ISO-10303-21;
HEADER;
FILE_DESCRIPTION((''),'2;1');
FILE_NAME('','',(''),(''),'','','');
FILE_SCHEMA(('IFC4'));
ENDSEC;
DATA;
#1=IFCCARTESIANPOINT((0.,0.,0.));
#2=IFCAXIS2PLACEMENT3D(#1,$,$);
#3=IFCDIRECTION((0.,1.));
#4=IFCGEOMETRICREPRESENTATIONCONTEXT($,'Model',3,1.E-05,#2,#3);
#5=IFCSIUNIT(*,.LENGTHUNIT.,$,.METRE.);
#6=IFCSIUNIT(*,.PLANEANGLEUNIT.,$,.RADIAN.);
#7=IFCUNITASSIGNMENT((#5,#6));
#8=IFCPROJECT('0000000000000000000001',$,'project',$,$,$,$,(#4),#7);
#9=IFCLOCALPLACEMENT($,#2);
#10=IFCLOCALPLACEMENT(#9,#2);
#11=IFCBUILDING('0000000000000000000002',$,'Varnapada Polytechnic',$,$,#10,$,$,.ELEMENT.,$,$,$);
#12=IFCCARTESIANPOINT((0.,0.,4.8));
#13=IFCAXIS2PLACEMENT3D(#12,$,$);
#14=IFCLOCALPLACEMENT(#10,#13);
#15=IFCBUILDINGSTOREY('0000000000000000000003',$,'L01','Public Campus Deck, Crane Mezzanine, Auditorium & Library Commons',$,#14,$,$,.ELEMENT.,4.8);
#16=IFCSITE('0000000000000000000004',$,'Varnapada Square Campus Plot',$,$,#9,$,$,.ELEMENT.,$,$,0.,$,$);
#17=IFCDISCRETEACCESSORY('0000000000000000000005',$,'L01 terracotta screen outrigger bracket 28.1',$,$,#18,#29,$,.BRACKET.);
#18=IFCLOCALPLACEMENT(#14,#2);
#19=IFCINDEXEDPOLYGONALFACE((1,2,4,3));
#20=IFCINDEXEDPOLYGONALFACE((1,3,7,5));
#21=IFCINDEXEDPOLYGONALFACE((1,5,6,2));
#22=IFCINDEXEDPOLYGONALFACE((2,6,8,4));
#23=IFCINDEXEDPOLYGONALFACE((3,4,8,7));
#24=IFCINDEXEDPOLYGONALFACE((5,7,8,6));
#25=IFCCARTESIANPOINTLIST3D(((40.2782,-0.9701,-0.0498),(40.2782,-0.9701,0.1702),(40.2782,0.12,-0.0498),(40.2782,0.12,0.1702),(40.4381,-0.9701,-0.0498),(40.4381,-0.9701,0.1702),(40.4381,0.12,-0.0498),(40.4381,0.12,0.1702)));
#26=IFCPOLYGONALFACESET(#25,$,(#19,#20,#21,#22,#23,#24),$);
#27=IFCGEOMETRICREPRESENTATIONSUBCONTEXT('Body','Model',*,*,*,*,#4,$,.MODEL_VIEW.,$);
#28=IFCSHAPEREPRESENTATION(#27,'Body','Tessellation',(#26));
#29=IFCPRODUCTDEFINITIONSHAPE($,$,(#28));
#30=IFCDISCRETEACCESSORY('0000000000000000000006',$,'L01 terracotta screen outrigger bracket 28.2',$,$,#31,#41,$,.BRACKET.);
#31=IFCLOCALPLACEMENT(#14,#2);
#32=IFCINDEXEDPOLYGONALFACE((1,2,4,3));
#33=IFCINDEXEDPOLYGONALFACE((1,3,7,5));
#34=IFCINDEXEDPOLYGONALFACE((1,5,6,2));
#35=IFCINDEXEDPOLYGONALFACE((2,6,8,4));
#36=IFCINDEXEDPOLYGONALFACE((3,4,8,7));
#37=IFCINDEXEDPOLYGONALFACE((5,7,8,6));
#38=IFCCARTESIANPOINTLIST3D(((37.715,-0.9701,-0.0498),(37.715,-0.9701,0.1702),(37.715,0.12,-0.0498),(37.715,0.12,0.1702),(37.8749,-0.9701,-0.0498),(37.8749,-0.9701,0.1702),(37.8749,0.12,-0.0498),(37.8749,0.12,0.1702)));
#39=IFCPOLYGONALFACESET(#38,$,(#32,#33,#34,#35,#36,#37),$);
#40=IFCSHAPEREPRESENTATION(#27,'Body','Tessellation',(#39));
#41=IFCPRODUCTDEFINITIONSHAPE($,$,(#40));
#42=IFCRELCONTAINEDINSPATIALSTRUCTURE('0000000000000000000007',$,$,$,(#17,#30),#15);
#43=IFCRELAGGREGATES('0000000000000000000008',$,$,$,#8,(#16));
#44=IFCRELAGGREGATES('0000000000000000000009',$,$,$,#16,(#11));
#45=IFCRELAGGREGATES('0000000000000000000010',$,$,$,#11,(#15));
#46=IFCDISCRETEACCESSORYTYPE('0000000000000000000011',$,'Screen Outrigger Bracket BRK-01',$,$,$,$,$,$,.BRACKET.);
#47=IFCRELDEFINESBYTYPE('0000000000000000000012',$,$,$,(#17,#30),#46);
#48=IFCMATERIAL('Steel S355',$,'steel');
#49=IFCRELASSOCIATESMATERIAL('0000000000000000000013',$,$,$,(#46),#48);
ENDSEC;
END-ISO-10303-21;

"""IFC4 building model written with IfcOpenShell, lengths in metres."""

from ifc_helpers import new_model, si_unit, direction, frame, origin, origin_2d, place, context, subcontext, project, spatial, rectangle, extrude, material, type_object, element, save


model = new_model("IFC4")

# Units and contexts
model_context = context("Model", 3, precision=1e-05, world=origin(), true_north=direction((0.0, 1.0)))
body_context = subcontext(model_context, "Body", "Model", "MODEL_VIEW")
ifc_project = project(units=[si_unit("LENGTHUNIT", "METRE"), si_unit("PLANEANGLEUNIT", "RADIAN")], contexts=[model_context])

# Site, building, storey
site_placement = place(None, origin())
site = spatial("IfcSite", under=ifc_project, at=site_placement, Name="Varnapada Square Campus Plot", CompositionType="ELEMENT", RefElevation=0.0)
building_placement = place(site_placement, origin())
building = spatial("IfcBuilding", under=site, at=building_placement, Name="Varnapada Polytechnic", CompositionType="ELEMENT")
storey_placement = place(building_placement, frame((0.0, 0.0, 4.8)))
storey = spatial("IfcBuildingStorey", under=building, at=storey_placement, Name="L01", Description="Public Campus Deck, Crane Mezzanine, Auditorium & Library Commons", CompositionType="ELEMENT", Elevation=4.8)

# Discrete accessories
ifc_material_1 = material(Name="Steel S355", Category="steel")
discrete_accessory_type = type_object("IfcDiscreteAccessoryType", Name="Screen Outrigger Bracket BRK-01", PredefinedType="BRACKET", material=ifc_material_1)
for number, where, z_axis, x_axis, name in (
    (1, (40.3582, -0.425, -0.0498), (0.0, 0.0, 1.0), (-1.0, 0.0, 0.0), "L01 terracotta screen outrigger bracket 28.1"),
    (2, (37.7949, -0.425, -0.0498), (0.0, 0.0, 1.0), (-1.0, 0.0, 0.0), "L01 terracotta screen outrigger bracket 28.2"),
):
    element("IfcDiscreteAccessory", number, at=place(storey_placement, frame(where, z_axis=z_axis, x_axis=x_axis)), inside=storey, type_object=discrete_accessory_type, Name=name, PredefinedType="BRACKET", context=body_context, shape_type="SweptSolid", body=[
        extrude(rectangle(XDim=0.1599, YDim=1.0901, at=origin_2d()), origin(), (0.0, 0.0, 1.0), 0.22),
    ])

save(model, "model.ifc")
